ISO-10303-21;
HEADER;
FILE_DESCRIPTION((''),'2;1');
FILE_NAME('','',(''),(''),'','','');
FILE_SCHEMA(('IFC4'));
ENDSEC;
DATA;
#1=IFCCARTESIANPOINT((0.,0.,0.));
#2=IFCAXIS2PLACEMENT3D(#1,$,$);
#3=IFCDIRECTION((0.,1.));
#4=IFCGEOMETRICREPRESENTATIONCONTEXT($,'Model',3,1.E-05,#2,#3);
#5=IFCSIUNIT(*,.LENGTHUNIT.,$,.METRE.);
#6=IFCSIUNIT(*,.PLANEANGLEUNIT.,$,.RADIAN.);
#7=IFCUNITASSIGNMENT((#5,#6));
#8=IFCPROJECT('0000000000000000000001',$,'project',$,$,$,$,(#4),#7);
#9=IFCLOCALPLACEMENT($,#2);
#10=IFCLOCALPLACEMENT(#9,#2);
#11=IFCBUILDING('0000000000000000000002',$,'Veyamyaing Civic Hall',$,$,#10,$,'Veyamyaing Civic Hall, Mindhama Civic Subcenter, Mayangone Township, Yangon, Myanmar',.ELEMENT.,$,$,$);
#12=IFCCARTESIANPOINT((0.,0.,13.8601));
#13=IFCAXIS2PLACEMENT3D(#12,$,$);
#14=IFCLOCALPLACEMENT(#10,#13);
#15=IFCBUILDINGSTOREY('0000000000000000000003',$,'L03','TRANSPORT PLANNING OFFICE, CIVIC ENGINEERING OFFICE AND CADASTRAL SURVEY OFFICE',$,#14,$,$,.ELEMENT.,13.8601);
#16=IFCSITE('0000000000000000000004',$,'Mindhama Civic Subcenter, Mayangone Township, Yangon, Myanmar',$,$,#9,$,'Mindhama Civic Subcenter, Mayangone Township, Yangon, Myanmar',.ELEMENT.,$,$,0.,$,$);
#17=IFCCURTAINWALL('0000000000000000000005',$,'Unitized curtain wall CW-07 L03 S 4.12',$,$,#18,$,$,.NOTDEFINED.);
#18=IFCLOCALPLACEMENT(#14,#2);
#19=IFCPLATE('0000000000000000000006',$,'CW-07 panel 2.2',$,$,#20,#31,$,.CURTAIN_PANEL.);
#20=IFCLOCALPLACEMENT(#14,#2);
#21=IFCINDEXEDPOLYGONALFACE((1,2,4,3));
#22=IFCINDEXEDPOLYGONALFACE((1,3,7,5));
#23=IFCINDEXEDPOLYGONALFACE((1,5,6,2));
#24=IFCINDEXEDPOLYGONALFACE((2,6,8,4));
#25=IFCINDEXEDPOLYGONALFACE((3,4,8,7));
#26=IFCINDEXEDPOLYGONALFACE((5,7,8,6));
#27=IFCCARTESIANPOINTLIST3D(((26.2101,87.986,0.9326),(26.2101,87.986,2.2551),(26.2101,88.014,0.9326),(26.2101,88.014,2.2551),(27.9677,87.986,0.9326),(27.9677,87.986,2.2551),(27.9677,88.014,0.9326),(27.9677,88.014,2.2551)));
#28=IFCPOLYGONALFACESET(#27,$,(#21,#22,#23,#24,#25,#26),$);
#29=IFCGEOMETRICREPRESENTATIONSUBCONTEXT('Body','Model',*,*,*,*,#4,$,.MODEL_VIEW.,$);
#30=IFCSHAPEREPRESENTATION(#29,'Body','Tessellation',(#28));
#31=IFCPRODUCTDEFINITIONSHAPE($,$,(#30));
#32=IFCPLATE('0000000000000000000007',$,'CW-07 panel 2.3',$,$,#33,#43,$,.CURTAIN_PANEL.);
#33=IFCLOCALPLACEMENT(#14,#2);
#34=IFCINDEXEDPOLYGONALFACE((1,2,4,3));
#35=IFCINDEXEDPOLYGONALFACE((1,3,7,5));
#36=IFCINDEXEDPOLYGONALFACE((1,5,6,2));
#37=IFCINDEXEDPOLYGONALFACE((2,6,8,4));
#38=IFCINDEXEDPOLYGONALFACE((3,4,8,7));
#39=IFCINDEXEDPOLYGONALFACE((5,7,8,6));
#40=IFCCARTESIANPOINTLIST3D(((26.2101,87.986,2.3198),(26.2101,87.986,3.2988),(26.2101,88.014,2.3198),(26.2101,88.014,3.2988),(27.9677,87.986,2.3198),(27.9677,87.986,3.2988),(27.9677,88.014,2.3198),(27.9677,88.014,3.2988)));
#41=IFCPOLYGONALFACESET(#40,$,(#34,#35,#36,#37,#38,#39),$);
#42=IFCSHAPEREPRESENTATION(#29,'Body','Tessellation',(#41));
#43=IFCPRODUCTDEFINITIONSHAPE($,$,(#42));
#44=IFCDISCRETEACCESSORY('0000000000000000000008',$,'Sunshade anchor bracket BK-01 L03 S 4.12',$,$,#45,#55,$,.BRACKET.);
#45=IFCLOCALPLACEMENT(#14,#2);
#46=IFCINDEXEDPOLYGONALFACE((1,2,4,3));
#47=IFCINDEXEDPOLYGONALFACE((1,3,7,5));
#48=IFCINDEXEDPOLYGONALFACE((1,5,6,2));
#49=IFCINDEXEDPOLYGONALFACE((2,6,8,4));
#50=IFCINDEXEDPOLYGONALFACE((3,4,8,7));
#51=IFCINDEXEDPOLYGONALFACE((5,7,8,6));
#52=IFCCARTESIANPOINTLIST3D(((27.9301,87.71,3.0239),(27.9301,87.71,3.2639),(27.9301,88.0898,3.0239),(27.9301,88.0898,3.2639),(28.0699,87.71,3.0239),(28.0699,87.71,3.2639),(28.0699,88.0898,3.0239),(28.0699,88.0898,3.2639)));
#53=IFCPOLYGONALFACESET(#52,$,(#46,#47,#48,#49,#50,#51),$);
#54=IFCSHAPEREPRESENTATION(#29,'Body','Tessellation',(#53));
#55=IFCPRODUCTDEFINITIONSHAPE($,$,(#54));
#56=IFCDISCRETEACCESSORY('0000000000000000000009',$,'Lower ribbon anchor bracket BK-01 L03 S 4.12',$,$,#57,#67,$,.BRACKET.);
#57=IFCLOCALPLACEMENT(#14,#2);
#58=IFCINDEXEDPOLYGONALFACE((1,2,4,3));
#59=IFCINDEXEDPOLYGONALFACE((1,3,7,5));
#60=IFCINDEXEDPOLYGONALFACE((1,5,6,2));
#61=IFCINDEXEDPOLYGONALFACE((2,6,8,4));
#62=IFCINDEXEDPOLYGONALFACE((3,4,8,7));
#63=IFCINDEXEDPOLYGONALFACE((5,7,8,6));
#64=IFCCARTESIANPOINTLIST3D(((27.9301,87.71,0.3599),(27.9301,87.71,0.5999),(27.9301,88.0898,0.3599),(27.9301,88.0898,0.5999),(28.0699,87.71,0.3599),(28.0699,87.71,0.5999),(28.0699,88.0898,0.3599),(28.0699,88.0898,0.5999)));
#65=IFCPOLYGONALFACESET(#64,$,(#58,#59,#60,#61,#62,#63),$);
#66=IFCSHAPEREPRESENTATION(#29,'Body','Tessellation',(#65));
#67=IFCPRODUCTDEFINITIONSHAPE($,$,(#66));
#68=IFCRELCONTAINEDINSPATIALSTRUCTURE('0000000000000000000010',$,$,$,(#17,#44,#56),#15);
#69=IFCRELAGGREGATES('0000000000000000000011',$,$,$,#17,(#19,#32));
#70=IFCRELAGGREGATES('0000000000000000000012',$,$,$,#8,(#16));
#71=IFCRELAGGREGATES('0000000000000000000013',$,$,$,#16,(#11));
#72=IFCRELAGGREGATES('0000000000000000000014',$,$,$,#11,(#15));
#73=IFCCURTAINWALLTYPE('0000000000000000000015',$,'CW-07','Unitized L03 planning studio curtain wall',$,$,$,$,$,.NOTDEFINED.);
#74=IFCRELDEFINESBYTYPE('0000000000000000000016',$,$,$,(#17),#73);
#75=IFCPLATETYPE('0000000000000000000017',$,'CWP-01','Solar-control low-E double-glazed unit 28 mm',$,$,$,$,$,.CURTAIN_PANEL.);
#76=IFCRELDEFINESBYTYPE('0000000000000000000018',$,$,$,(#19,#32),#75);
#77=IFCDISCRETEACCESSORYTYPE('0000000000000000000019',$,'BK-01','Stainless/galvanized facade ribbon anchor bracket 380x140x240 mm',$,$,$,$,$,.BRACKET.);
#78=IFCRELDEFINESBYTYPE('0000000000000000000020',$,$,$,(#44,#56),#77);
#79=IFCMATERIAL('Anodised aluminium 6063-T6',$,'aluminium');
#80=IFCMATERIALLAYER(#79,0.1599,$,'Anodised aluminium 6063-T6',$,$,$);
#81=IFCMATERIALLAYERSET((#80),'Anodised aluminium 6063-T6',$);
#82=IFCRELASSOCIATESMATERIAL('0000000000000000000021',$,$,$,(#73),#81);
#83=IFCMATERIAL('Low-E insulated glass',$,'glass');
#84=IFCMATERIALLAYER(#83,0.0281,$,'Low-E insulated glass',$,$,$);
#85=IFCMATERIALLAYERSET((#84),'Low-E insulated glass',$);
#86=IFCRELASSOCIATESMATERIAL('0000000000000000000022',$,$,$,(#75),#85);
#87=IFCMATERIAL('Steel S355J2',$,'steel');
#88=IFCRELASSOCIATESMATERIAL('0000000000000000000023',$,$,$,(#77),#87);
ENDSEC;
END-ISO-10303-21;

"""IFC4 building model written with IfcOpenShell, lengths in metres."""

from ifc_helpers import new_model, si_unit, direction, frame, origin, origin_2d, place, context, subcontext, project, spatial, rectangle, extrude, material, layer, layer_set, type_object, element, aggregate, save


model = new_model("IFC4")

# Units and contexts
model_context = context("Model", 3, precision=1e-05, world=origin(), true_north=direction((0.0, 1.0)))
body_context = subcontext(model_context, "Body", "Model", "MODEL_VIEW")
ifc_project = project(units=[si_unit("LENGTHUNIT", "METRE"), si_unit("PLANEANGLEUNIT", "RADIAN")], contexts=[model_context])

# Site, building, storey
site_placement = place(None, origin())
site = spatial("IfcSite", under=ifc_project, at=site_placement, Name="Mindhama Civic Subcenter, Mayangone Township, Yangon, Myanmar", LongName="Mindhama Civic Subcenter, Mayangone Township, Yangon, Myanmar", CompositionType="ELEMENT", RefElevation=0.0)
building_placement = place(site_placement, origin())
building = spatial("IfcBuilding", under=site, at=building_placement, Name="Veyamyaing Civic Hall", LongName="Veyamyaing Civic Hall, Mindhama Civic Subcenter, Mayangone Township, Yangon, Myanmar", CompositionType="ELEMENT")
storey_placement = place(building_placement, frame((0.0, 0.0, 13.8601)))
storey = spatial("IfcBuildingStorey", under=building, at=storey_placement, Name="L03", Description="TRANSPORT PLANNING OFFICE, CIVIC ENGINEERING OFFICE AND CADASTRAL SURVEY OFFICE", CompositionType="ELEMENT", Elevation=13.8601)

# Curtain wall, plates
ifc_material_1 = material(Name="Anodised aluminium 6063-T6", Category="aluminium")
ifc_layer_1 = layer(ifc_material_1, 0.1599, Name="Anodised aluminium 6063-T6")
ifc_layer_set_1 = layer_set([ifc_layer_1], Name="Anodised aluminium 6063-T6")
curtain_wall_type = type_object("IfcCurtainWallType", Name="CW-07", Description="Unitized L03 planning studio curtain wall", PredefinedType="NOTDEFINED", material=ifc_layer_set_1)
curtain_wall_placement = place(storey_placement, origin())
curtain_wall = element("IfcCurtainWall", 1, at=curtain_wall_placement, inside=storey, type_object=curtain_wall_type, Name="Unitized curtain wall CW-07 L03 S 4.12", PredefinedType="NOTDEFINED")
ifc_material_2 = material(Name="Low-E insulated glass", Category="glass")
ifc_layer_2 = layer(ifc_material_2, 0.0281, Name="Low-E insulated glass")
ifc_layer_set_2 = layer_set([ifc_layer_2], Name="Low-E insulated glass")
plate_type = type_object("IfcPlateType", Name="CWP-01", Description="Solar-control low-E double-glazed unit 28 mm", PredefinedType="CURTAIN_PANEL", material=ifc_layer_set_2)
plate_1_placement = place(storey_placement, frame((27.0889, 88.0, 0.9326), z_axis=(0.0, 0.0, 1.0), x_axis=(1.0, 0.0, 0.0)))
plate_1 = element("IfcPlate", 2, at=plate_1_placement, type_object=plate_type, Name="CW-07 panel 2.2", PredefinedType="CURTAIN_PANEL", context=body_context, shape_type="SweptSolid", body=[
    extrude(rectangle(XDim=1.7576, YDim=0.0281, at=origin_2d()), origin(), (0.0, 0.0, 1.0), 1.3225),
])
plate_2_placement = place(storey_placement, frame((27.0889, 88.0, 2.3198), z_axis=(0.0, 0.0, 1.0), x_axis=(1.0, 0.0, 0.0)))
plate_2 = element("IfcPlate", 3, at=plate_2_placement, type_object=plate_type, Name="CW-07 panel 2.3", PredefinedType="CURTAIN_PANEL", context=body_context, shape_type="SweptSolid", body=[
    extrude(rectangle(XDim=1.7576, YDim=0.0281, at=origin_2d()), origin(), (0.0, 0.0, 1.0), 0.979),
])
aggregate(curtain_wall, [plate_1, plate_2])

# Discrete accessories
ifc_material_3 = material(Name="Steel S355J2", Category="steel")
discrete_accessory_type = type_object("IfcDiscreteAccessoryType", Name="BK-01", Description="Stainless/galvanized facade ribbon anchor bracket 380x140x240 mm", PredefinedType="BRACKET", material=ifc_material_3)
for number, where, z_axis, x_axis, name in (
    (4, (28.0, 87.8999, 3.0239), (0.0, 0.0, 1.0), (0.0, -1.0, 0.0), "Sunshade anchor bracket BK-01 L03 S 4.12"),
    (5, (28.0, 87.8999, 0.3599), (0.0, 0.0, 1.0), (0.0, -1.0, 0.0), "Lower ribbon anchor bracket BK-01 L03 S 4.12"),
):
    element("IfcDiscreteAccessory", number, at=place(storey_placement, frame(where, z_axis=z_axis, x_axis=x_axis)), inside=storey, type_object=discrete_accessory_type, Name=name, PredefinedType="BRACKET", context=body_context, shape_type="SweptSolid", body=[
        extrude(rectangle(XDim=0.3799, YDim=0.1399, at=origin_2d()), origin(), (0.0, 0.0, 1.0), 0.24),
    ])

save(model, "model.ifc")
